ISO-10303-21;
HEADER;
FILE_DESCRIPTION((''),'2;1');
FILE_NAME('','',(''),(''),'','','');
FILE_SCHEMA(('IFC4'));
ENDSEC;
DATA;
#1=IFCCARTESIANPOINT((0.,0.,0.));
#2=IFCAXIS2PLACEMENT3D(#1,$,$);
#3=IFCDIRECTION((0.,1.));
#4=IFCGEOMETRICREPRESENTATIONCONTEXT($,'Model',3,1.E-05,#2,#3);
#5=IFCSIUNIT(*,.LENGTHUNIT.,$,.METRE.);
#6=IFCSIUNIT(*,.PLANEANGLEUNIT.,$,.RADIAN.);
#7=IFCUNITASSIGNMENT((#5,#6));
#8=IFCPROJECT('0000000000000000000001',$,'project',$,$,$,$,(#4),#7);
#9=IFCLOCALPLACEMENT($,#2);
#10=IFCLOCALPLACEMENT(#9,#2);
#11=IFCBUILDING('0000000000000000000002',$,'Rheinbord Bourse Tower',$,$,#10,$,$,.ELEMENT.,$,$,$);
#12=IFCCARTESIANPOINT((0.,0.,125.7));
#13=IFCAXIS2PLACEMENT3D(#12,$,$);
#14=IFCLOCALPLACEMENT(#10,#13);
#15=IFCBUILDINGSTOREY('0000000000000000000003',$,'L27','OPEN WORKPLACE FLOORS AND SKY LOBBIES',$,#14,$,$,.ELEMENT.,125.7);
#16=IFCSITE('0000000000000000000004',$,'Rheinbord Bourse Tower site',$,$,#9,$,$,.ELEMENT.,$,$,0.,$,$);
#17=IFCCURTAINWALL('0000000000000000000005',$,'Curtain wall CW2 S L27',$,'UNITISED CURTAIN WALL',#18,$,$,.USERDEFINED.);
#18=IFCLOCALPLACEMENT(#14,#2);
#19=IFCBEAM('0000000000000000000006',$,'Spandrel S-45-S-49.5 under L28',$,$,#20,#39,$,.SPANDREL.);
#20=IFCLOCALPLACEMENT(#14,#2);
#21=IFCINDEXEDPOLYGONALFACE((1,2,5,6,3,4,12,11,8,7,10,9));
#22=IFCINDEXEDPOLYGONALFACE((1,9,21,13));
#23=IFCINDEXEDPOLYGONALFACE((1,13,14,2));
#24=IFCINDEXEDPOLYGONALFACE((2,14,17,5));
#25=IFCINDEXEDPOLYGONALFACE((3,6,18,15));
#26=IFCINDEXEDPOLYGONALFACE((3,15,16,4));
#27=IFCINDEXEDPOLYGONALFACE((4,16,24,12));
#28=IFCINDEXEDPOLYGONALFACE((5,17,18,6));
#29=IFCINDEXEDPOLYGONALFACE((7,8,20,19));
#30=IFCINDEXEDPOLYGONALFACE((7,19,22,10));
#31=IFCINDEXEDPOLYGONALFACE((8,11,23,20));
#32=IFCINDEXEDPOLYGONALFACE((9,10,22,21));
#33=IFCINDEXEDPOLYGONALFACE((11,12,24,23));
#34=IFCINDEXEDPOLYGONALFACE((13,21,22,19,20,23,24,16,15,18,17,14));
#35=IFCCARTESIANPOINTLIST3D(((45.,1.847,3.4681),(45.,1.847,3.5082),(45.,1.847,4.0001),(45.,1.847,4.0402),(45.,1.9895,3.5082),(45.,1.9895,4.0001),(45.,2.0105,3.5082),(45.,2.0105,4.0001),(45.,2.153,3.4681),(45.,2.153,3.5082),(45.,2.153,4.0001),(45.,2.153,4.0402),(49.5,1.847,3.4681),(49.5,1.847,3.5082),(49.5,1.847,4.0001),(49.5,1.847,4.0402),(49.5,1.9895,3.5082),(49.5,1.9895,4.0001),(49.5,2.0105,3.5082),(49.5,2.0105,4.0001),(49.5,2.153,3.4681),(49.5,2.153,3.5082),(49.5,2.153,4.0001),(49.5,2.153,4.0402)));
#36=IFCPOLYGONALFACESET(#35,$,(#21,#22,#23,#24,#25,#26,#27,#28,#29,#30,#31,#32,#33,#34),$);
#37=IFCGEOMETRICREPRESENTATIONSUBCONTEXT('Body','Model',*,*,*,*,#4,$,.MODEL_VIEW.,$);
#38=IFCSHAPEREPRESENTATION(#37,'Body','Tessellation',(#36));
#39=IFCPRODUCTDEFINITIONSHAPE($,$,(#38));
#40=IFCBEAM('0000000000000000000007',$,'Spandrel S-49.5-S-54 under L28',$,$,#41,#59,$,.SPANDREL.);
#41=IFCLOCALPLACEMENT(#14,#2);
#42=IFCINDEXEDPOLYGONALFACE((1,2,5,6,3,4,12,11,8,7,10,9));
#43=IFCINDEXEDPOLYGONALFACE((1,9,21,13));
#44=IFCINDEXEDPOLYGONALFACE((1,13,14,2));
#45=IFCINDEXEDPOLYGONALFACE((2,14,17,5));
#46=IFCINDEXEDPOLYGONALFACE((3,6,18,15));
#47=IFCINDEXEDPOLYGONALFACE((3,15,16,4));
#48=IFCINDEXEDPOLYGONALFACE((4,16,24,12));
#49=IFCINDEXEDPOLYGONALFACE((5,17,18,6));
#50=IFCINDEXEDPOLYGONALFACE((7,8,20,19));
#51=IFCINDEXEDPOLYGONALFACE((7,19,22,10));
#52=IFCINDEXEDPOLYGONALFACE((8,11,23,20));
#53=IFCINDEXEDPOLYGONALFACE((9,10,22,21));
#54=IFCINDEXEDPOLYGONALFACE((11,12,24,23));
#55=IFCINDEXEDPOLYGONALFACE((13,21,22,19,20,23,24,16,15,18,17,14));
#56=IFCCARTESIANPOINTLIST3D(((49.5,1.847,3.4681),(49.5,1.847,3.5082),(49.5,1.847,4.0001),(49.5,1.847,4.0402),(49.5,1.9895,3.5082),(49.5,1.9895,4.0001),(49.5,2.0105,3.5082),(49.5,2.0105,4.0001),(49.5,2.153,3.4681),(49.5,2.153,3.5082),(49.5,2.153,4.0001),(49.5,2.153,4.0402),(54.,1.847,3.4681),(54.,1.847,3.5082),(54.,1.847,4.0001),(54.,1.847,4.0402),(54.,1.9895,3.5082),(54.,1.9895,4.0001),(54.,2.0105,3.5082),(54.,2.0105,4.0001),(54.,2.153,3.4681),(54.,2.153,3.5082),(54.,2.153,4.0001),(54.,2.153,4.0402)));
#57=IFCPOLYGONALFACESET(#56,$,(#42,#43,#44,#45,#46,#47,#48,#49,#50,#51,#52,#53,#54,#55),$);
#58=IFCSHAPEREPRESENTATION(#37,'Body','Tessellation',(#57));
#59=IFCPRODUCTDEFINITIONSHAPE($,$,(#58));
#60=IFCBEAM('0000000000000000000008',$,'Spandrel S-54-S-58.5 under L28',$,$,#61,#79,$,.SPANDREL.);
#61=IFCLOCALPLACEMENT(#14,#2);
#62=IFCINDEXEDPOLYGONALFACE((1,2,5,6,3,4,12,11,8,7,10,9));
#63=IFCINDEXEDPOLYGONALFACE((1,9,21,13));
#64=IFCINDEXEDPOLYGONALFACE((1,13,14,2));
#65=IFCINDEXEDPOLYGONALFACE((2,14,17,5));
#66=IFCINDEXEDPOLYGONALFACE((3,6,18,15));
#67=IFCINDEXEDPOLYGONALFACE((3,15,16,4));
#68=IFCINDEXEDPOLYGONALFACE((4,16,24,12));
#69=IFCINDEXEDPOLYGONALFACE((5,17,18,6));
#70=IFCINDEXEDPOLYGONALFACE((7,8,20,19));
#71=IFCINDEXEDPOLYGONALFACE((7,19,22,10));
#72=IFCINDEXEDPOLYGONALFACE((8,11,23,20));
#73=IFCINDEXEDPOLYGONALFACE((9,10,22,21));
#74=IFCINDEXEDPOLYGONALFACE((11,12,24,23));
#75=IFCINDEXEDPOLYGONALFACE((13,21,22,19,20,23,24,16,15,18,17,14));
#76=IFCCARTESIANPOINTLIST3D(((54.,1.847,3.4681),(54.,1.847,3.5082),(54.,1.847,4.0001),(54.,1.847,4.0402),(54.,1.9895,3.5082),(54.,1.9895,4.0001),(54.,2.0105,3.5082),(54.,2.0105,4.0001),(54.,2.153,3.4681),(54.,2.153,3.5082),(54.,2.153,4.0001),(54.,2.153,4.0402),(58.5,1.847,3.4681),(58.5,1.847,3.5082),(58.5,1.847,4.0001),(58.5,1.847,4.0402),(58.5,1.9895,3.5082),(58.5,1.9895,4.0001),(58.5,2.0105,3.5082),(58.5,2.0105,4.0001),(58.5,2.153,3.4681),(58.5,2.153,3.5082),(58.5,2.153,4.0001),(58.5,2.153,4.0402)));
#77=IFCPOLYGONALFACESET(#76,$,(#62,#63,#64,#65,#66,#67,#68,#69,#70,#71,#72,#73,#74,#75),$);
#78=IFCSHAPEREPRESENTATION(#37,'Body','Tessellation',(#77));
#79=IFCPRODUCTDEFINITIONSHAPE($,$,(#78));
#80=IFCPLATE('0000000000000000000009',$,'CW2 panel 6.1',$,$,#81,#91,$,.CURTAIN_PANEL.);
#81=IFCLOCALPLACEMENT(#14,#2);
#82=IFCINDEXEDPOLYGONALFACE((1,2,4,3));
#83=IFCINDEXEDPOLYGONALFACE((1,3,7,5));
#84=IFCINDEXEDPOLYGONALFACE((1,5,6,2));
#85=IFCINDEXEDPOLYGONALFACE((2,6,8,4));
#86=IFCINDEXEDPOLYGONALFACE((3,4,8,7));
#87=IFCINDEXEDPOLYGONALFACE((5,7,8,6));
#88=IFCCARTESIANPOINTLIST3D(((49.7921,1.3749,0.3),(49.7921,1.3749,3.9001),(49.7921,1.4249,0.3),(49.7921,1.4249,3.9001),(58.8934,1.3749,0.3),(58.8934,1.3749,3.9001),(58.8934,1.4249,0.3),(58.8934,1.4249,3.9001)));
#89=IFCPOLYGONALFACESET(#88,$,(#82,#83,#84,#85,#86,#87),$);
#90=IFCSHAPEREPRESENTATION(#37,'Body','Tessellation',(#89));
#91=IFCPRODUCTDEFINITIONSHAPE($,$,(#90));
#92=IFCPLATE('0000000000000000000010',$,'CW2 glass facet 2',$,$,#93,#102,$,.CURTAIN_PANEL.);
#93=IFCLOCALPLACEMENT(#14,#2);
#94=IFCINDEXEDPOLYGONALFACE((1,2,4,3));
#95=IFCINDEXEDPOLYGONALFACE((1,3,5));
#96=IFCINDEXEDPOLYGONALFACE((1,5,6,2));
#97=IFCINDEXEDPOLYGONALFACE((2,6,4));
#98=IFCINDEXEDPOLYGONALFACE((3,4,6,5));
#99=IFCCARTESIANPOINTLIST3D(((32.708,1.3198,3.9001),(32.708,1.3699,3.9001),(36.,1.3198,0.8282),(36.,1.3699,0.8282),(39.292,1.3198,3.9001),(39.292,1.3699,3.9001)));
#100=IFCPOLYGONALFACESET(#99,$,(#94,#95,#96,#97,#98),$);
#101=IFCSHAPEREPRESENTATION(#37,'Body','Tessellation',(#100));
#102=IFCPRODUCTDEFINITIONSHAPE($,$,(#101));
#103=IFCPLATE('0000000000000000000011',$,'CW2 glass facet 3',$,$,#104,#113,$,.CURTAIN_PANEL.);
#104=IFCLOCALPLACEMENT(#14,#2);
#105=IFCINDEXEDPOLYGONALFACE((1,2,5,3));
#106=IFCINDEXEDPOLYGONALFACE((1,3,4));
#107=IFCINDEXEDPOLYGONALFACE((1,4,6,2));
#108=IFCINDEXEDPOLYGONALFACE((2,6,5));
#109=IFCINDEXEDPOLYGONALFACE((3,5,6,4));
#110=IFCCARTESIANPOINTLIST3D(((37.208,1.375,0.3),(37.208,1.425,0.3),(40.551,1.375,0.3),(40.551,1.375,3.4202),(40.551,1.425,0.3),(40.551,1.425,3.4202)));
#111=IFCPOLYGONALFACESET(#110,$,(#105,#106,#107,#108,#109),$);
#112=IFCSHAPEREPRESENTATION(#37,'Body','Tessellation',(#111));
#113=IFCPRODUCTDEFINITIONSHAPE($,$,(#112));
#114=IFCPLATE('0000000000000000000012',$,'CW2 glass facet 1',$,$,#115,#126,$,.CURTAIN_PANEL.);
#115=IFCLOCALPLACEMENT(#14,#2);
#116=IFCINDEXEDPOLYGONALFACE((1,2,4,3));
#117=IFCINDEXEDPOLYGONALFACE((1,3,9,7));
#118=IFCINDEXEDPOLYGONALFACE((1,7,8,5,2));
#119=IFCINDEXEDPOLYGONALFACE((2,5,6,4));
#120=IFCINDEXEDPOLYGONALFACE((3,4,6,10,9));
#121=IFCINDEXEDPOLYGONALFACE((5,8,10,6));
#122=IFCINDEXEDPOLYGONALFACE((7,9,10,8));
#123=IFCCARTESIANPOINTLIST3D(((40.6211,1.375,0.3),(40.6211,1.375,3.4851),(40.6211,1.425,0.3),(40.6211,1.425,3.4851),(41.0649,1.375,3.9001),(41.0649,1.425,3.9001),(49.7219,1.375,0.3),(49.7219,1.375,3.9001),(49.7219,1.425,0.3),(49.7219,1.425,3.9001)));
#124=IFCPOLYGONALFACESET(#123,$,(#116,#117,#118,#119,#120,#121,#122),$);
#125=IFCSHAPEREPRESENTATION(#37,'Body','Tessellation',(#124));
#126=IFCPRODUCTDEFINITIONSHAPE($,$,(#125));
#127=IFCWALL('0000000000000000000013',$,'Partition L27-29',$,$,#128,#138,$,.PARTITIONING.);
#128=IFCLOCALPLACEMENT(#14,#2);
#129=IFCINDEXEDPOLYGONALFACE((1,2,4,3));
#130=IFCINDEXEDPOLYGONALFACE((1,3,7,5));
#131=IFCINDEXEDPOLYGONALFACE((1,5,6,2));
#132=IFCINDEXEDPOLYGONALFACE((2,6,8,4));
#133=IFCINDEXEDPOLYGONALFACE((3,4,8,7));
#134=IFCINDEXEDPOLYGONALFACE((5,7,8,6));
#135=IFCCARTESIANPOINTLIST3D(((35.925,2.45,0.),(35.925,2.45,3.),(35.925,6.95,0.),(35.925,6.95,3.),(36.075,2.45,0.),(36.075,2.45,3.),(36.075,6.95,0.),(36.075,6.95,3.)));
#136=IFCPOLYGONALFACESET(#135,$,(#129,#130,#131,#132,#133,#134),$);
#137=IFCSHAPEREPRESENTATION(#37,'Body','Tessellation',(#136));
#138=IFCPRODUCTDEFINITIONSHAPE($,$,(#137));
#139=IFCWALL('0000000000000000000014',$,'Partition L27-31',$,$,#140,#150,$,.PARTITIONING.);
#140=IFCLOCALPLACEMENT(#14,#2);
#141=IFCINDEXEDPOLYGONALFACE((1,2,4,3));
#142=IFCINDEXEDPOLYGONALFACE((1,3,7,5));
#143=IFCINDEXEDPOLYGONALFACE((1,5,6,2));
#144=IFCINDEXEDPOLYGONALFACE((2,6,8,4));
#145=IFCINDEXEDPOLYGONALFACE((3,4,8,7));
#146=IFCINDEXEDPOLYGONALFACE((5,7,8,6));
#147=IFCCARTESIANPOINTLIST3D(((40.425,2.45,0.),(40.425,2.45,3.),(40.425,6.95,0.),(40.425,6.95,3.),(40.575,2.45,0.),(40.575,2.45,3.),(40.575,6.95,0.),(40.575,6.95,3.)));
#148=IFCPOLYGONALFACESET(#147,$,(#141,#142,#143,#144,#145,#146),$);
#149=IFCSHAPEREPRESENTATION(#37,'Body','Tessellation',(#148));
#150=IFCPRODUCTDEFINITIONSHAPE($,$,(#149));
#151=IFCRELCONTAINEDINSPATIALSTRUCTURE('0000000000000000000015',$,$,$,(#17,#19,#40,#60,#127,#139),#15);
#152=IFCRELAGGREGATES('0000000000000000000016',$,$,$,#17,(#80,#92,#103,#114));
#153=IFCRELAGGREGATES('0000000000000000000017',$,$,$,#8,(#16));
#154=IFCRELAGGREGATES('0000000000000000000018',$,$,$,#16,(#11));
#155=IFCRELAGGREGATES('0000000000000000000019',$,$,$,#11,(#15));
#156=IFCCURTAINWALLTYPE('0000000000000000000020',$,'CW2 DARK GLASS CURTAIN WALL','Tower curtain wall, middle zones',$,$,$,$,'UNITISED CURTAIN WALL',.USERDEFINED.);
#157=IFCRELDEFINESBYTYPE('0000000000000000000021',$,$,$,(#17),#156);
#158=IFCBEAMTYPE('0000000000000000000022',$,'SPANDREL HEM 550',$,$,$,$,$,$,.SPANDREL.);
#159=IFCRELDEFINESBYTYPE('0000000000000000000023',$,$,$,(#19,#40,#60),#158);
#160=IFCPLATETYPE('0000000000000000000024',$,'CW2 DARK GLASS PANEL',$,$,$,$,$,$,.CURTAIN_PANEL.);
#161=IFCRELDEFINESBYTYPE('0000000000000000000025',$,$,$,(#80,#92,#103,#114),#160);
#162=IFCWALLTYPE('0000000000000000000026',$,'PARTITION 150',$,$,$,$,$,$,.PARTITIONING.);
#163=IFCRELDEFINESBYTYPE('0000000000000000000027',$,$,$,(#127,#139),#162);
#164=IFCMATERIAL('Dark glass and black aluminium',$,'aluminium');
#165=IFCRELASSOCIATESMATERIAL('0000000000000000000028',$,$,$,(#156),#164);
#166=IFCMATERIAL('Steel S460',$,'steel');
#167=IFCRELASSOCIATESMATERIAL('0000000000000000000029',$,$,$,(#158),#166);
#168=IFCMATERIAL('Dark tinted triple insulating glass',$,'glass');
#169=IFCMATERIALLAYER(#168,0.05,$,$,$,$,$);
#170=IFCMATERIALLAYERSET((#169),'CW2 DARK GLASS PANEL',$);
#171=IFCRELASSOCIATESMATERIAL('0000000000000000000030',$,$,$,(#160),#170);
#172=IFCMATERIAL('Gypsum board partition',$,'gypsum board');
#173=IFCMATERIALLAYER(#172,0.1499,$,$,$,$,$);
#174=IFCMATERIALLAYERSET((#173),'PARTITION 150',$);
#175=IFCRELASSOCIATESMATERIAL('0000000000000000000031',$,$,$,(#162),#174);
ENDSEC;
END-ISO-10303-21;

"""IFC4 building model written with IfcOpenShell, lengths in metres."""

from ifc_helpers import new_model, si_unit, direction, frame, frame_2d, origin, origin_2d, place, context, subcontext, project, spatial, polyline, rectangle, i_section, outline, extrude, material, layer, layer_set, material_profile, profile_set, type_object, element, aggregate, save


model = new_model("IFC4")

# Units and contexts
model_context = context("Model", 3, precision=1e-05, world=origin(), true_north=direction((0.0, 1.0)))
body_context = subcontext(model_context, "Body", "Model", "MODEL_VIEW")
ifc_project = project(units=[si_unit("LENGTHUNIT", "METRE"), si_unit("PLANEANGLEUNIT", "RADIAN")], contexts=[model_context])

# Site, building, storey
site_placement = place(None, origin())
site = spatial("IfcSite", under=ifc_project, at=site_placement, Name="Rheinbord Bourse Tower site", CompositionType="ELEMENT", RefElevation=0.0)
building_placement = place(site_placement, origin())
building = spatial("IfcBuilding", under=site, at=building_placement, Name="Rheinbord Bourse Tower", CompositionType="ELEMENT")
storey_placement = place(building_placement, frame((0.0, 0.0, 125.7)))
storey = spatial("IfcBuildingStorey", under=building, at=storey_placement, Name="L27", Description="OPEN WORKPLACE FLOORS AND SKY LOBBIES", CompositionType="ELEMENT", Elevation=125.7)

# Curtain wall
ifc_material_1 = material(Name="Dark glass and black aluminium", Category="aluminium")
curtain_wall_type = type_object("IfcCurtainWallType", Name="CW2 DARK GLASS CURTAIN WALL", Description="Tower curtain wall, middle zones", ElementType="UNITISED CURTAIN WALL", PredefinedType="USERDEFINED", material=ifc_material_1)
curtain_wall_placement = place(storey_placement, origin())
curtain_wall = element("IfcCurtainWall", 1, at=curtain_wall_placement, inside=storey, type_object=curtain_wall_type, Name="Curtain wall CW2 S L27", ObjectType="UNITISED CURTAIN WALL", PredefinedType="USERDEFINED")

# Beams
ifc_material_2 = material(Name="Steel S460", Category="steel")
ifc_material_profile_1 = material_profile(ifc_material_2, i_section(OverallWidth=0.3059, OverallDepth=0.572, WebThickness=0.021, FlangeThickness=0.04, at=origin_2d()), Name="HEM 550")
ifc_profile_set_1 = profile_set([ifc_material_profile_1], Name="Steel S460")
beam_type_1 = type_object("IfcBeamType", Name="SPANDREL HEM 550", PredefinedType="SPANDREL", material=ifc_profile_set_1)
for number, where, z_axis, x_axis, name in (
    (2, (45.0, 2.0, 3.7542), (1.0, 0.0, 0.0), (0.0, 1.0, 0.0), "Spandrel S-45-S-49.5 under L28"),
    (3, (49.5, 2.0, 3.7542), (1.0, 0.0, 0.0), (0.0, 1.0, 0.0), "Spandrel S-49.5-S-54 under L28"),
    (4, (54.0, 2.0, 3.7542), (1.0, 0.0, 0.0), (0.0, 1.0, 0.0), "Spandrel S-54-S-58.5 under L28"),
):
    element("IfcBeam", number, at=place(storey_placement, frame(where, z_axis=z_axis, x_axis=x_axis)), inside=storey, type_object=beam_type_1, Name=name, PredefinedType="SPANDREL", context=body_context, shape_type="SweptSolid", body=[
        extrude(i_section(OverallWidth=0.3059, OverallDepth=0.572, WebThickness=0.021, FlangeThickness=0.04, at=origin_2d()), origin(), (0.0, 0.0, 1.0), 4.5),
    ])

# Plates
ifc_material_3 = material(Name="Dark tinted triple insulating glass", Category="glass")
ifc_layer_1 = layer(ifc_material_3, 0.05)
ifc_layer_set_1 = layer_set([ifc_layer_1], Name="CW2 DARK GLASS PANEL")
plate_type = type_object("IfcPlateType", Name="CW2 DARK GLASS PANEL", PredefinedType="CURTAIN_PANEL", material=ifc_layer_set_1)
plate_1_placement = place(storey_placement, frame((54.3428, 1.3999, 0.3), z_axis=(0.0, 0.0, 1.0), x_axis=(1.0, 0.0, 0.0)))
plate_1 = element("IfcPlate", 5, at=plate_1_placement, type_object=plate_type, Name="CW2 panel 6.1", PredefinedType="CURTAIN_PANEL", context=body_context, shape_type="SweptSolid", body=[
    extrude(rectangle(XDim=9.1013, YDim=0.05, at=origin_2d()), origin(), (0.0, 0.0, 1.0), 3.6001),
])
plate_2_placement = place(storey_placement, frame((39.292, 1.3198, 3.9001), z_axis=(0.0, 1.0, 0.0), x_axis=(-0.731111, 0.0, -0.682258)))
plate_2 = element("IfcPlate", 6, at=plate_2_placement, type_object=plate_type, Name="CW2 glass facet 2", PredefinedType="CURTAIN_PANEL", context=body_context, shape_type="SweptSolid", body=[
    extrude(outline(polyline([(0.0, 0.0), (4.5027, 0.0), (4.8137, 4.4919), (0.0, 0.0)])), origin(), (0.0, 0.0, 1.0), 0.05),
])
plate_3_placement = place(storey_placement, frame((40.551, 1.375, 0.3), z_axis=(0.0, 1.0, 0.0), x_axis=(-1.0, 0.0, 0.0)))
plate_3 = element("IfcPlate", 7, at=plate_3_placement, type_object=plate_type, Name="CW2 glass facet 3", PredefinedType="CURTAIN_PANEL", context=body_context, shape_type="SweptSolid", body=[
    extrude(outline(polyline([(0.0, 0.0), (3.343, 0.0), (0.0, 3.1201), (0.0, 0.0)])), origin(), (0.0, 0.0, 1.0), 0.05),
])
plate_4_placement = place(storey_placement, frame((49.7219, 1.375, 3.9001), z_axis=(0.0, 1.0, 0.0), x_axis=(0.0, 0.0, -1.0)))
plate_4 = element("IfcPlate", 8, at=plate_4_placement, type_object=plate_type, Name="CW2 glass facet 1", PredefinedType="CURTAIN_PANEL", context=body_context, shape_type="SweptSolid", body=[
    extrude(outline(polyline([(0.0, 0.0), (3.6001, 0.0), (3.6001, 9.1008), (0.415, 9.1008), (0.0, 8.657), (0.0, 0.0)])), origin(), (0.0, 0.0, 1.0), 0.05),
])
aggregate(curtain_wall, [plate_1, plate_2, plate_3, plate_4])

# Walls
ifc_material_4 = material(Name="Gypsum board partition", Category="gypsum board")
ifc_layer_2 = layer(ifc_material_4, 0.1499)
ifc_layer_set_2 = layer_set([ifc_layer_2], Name="PARTITION 150")
wall_type = type_object("IfcWallType", Name="PARTITION 150", PredefinedType="PARTITIONING", material=ifc_layer_set_2)
for number, where, z_axis, x_axis, name in (
    (9, (36.0, 2.45, 0.0), (0.0, 0.0, 1.0), (0.0, 1.0, 0.0), "Partition L27-29"),
    (10, (40.5, 2.45, 0.0), (0.0, 0.0, 1.0), (0.0, 1.0, 0.0), "Partition L27-31"),
):
    element("IfcWall", number, at=place(storey_placement, frame(where, z_axis=z_axis, x_axis=x_axis)), inside=storey, type_object=wall_type, Name=name, PredefinedType="PARTITIONING", context=body_context, shape_type="SweptSolid", body=[
        extrude(rectangle(XDim=4.5, YDim=0.1499, at=frame_2d((2.25, 0.0))), origin(), (0.0, 0.0, 1.0), 3.0),
    ])

save(model, "model.ifc")
